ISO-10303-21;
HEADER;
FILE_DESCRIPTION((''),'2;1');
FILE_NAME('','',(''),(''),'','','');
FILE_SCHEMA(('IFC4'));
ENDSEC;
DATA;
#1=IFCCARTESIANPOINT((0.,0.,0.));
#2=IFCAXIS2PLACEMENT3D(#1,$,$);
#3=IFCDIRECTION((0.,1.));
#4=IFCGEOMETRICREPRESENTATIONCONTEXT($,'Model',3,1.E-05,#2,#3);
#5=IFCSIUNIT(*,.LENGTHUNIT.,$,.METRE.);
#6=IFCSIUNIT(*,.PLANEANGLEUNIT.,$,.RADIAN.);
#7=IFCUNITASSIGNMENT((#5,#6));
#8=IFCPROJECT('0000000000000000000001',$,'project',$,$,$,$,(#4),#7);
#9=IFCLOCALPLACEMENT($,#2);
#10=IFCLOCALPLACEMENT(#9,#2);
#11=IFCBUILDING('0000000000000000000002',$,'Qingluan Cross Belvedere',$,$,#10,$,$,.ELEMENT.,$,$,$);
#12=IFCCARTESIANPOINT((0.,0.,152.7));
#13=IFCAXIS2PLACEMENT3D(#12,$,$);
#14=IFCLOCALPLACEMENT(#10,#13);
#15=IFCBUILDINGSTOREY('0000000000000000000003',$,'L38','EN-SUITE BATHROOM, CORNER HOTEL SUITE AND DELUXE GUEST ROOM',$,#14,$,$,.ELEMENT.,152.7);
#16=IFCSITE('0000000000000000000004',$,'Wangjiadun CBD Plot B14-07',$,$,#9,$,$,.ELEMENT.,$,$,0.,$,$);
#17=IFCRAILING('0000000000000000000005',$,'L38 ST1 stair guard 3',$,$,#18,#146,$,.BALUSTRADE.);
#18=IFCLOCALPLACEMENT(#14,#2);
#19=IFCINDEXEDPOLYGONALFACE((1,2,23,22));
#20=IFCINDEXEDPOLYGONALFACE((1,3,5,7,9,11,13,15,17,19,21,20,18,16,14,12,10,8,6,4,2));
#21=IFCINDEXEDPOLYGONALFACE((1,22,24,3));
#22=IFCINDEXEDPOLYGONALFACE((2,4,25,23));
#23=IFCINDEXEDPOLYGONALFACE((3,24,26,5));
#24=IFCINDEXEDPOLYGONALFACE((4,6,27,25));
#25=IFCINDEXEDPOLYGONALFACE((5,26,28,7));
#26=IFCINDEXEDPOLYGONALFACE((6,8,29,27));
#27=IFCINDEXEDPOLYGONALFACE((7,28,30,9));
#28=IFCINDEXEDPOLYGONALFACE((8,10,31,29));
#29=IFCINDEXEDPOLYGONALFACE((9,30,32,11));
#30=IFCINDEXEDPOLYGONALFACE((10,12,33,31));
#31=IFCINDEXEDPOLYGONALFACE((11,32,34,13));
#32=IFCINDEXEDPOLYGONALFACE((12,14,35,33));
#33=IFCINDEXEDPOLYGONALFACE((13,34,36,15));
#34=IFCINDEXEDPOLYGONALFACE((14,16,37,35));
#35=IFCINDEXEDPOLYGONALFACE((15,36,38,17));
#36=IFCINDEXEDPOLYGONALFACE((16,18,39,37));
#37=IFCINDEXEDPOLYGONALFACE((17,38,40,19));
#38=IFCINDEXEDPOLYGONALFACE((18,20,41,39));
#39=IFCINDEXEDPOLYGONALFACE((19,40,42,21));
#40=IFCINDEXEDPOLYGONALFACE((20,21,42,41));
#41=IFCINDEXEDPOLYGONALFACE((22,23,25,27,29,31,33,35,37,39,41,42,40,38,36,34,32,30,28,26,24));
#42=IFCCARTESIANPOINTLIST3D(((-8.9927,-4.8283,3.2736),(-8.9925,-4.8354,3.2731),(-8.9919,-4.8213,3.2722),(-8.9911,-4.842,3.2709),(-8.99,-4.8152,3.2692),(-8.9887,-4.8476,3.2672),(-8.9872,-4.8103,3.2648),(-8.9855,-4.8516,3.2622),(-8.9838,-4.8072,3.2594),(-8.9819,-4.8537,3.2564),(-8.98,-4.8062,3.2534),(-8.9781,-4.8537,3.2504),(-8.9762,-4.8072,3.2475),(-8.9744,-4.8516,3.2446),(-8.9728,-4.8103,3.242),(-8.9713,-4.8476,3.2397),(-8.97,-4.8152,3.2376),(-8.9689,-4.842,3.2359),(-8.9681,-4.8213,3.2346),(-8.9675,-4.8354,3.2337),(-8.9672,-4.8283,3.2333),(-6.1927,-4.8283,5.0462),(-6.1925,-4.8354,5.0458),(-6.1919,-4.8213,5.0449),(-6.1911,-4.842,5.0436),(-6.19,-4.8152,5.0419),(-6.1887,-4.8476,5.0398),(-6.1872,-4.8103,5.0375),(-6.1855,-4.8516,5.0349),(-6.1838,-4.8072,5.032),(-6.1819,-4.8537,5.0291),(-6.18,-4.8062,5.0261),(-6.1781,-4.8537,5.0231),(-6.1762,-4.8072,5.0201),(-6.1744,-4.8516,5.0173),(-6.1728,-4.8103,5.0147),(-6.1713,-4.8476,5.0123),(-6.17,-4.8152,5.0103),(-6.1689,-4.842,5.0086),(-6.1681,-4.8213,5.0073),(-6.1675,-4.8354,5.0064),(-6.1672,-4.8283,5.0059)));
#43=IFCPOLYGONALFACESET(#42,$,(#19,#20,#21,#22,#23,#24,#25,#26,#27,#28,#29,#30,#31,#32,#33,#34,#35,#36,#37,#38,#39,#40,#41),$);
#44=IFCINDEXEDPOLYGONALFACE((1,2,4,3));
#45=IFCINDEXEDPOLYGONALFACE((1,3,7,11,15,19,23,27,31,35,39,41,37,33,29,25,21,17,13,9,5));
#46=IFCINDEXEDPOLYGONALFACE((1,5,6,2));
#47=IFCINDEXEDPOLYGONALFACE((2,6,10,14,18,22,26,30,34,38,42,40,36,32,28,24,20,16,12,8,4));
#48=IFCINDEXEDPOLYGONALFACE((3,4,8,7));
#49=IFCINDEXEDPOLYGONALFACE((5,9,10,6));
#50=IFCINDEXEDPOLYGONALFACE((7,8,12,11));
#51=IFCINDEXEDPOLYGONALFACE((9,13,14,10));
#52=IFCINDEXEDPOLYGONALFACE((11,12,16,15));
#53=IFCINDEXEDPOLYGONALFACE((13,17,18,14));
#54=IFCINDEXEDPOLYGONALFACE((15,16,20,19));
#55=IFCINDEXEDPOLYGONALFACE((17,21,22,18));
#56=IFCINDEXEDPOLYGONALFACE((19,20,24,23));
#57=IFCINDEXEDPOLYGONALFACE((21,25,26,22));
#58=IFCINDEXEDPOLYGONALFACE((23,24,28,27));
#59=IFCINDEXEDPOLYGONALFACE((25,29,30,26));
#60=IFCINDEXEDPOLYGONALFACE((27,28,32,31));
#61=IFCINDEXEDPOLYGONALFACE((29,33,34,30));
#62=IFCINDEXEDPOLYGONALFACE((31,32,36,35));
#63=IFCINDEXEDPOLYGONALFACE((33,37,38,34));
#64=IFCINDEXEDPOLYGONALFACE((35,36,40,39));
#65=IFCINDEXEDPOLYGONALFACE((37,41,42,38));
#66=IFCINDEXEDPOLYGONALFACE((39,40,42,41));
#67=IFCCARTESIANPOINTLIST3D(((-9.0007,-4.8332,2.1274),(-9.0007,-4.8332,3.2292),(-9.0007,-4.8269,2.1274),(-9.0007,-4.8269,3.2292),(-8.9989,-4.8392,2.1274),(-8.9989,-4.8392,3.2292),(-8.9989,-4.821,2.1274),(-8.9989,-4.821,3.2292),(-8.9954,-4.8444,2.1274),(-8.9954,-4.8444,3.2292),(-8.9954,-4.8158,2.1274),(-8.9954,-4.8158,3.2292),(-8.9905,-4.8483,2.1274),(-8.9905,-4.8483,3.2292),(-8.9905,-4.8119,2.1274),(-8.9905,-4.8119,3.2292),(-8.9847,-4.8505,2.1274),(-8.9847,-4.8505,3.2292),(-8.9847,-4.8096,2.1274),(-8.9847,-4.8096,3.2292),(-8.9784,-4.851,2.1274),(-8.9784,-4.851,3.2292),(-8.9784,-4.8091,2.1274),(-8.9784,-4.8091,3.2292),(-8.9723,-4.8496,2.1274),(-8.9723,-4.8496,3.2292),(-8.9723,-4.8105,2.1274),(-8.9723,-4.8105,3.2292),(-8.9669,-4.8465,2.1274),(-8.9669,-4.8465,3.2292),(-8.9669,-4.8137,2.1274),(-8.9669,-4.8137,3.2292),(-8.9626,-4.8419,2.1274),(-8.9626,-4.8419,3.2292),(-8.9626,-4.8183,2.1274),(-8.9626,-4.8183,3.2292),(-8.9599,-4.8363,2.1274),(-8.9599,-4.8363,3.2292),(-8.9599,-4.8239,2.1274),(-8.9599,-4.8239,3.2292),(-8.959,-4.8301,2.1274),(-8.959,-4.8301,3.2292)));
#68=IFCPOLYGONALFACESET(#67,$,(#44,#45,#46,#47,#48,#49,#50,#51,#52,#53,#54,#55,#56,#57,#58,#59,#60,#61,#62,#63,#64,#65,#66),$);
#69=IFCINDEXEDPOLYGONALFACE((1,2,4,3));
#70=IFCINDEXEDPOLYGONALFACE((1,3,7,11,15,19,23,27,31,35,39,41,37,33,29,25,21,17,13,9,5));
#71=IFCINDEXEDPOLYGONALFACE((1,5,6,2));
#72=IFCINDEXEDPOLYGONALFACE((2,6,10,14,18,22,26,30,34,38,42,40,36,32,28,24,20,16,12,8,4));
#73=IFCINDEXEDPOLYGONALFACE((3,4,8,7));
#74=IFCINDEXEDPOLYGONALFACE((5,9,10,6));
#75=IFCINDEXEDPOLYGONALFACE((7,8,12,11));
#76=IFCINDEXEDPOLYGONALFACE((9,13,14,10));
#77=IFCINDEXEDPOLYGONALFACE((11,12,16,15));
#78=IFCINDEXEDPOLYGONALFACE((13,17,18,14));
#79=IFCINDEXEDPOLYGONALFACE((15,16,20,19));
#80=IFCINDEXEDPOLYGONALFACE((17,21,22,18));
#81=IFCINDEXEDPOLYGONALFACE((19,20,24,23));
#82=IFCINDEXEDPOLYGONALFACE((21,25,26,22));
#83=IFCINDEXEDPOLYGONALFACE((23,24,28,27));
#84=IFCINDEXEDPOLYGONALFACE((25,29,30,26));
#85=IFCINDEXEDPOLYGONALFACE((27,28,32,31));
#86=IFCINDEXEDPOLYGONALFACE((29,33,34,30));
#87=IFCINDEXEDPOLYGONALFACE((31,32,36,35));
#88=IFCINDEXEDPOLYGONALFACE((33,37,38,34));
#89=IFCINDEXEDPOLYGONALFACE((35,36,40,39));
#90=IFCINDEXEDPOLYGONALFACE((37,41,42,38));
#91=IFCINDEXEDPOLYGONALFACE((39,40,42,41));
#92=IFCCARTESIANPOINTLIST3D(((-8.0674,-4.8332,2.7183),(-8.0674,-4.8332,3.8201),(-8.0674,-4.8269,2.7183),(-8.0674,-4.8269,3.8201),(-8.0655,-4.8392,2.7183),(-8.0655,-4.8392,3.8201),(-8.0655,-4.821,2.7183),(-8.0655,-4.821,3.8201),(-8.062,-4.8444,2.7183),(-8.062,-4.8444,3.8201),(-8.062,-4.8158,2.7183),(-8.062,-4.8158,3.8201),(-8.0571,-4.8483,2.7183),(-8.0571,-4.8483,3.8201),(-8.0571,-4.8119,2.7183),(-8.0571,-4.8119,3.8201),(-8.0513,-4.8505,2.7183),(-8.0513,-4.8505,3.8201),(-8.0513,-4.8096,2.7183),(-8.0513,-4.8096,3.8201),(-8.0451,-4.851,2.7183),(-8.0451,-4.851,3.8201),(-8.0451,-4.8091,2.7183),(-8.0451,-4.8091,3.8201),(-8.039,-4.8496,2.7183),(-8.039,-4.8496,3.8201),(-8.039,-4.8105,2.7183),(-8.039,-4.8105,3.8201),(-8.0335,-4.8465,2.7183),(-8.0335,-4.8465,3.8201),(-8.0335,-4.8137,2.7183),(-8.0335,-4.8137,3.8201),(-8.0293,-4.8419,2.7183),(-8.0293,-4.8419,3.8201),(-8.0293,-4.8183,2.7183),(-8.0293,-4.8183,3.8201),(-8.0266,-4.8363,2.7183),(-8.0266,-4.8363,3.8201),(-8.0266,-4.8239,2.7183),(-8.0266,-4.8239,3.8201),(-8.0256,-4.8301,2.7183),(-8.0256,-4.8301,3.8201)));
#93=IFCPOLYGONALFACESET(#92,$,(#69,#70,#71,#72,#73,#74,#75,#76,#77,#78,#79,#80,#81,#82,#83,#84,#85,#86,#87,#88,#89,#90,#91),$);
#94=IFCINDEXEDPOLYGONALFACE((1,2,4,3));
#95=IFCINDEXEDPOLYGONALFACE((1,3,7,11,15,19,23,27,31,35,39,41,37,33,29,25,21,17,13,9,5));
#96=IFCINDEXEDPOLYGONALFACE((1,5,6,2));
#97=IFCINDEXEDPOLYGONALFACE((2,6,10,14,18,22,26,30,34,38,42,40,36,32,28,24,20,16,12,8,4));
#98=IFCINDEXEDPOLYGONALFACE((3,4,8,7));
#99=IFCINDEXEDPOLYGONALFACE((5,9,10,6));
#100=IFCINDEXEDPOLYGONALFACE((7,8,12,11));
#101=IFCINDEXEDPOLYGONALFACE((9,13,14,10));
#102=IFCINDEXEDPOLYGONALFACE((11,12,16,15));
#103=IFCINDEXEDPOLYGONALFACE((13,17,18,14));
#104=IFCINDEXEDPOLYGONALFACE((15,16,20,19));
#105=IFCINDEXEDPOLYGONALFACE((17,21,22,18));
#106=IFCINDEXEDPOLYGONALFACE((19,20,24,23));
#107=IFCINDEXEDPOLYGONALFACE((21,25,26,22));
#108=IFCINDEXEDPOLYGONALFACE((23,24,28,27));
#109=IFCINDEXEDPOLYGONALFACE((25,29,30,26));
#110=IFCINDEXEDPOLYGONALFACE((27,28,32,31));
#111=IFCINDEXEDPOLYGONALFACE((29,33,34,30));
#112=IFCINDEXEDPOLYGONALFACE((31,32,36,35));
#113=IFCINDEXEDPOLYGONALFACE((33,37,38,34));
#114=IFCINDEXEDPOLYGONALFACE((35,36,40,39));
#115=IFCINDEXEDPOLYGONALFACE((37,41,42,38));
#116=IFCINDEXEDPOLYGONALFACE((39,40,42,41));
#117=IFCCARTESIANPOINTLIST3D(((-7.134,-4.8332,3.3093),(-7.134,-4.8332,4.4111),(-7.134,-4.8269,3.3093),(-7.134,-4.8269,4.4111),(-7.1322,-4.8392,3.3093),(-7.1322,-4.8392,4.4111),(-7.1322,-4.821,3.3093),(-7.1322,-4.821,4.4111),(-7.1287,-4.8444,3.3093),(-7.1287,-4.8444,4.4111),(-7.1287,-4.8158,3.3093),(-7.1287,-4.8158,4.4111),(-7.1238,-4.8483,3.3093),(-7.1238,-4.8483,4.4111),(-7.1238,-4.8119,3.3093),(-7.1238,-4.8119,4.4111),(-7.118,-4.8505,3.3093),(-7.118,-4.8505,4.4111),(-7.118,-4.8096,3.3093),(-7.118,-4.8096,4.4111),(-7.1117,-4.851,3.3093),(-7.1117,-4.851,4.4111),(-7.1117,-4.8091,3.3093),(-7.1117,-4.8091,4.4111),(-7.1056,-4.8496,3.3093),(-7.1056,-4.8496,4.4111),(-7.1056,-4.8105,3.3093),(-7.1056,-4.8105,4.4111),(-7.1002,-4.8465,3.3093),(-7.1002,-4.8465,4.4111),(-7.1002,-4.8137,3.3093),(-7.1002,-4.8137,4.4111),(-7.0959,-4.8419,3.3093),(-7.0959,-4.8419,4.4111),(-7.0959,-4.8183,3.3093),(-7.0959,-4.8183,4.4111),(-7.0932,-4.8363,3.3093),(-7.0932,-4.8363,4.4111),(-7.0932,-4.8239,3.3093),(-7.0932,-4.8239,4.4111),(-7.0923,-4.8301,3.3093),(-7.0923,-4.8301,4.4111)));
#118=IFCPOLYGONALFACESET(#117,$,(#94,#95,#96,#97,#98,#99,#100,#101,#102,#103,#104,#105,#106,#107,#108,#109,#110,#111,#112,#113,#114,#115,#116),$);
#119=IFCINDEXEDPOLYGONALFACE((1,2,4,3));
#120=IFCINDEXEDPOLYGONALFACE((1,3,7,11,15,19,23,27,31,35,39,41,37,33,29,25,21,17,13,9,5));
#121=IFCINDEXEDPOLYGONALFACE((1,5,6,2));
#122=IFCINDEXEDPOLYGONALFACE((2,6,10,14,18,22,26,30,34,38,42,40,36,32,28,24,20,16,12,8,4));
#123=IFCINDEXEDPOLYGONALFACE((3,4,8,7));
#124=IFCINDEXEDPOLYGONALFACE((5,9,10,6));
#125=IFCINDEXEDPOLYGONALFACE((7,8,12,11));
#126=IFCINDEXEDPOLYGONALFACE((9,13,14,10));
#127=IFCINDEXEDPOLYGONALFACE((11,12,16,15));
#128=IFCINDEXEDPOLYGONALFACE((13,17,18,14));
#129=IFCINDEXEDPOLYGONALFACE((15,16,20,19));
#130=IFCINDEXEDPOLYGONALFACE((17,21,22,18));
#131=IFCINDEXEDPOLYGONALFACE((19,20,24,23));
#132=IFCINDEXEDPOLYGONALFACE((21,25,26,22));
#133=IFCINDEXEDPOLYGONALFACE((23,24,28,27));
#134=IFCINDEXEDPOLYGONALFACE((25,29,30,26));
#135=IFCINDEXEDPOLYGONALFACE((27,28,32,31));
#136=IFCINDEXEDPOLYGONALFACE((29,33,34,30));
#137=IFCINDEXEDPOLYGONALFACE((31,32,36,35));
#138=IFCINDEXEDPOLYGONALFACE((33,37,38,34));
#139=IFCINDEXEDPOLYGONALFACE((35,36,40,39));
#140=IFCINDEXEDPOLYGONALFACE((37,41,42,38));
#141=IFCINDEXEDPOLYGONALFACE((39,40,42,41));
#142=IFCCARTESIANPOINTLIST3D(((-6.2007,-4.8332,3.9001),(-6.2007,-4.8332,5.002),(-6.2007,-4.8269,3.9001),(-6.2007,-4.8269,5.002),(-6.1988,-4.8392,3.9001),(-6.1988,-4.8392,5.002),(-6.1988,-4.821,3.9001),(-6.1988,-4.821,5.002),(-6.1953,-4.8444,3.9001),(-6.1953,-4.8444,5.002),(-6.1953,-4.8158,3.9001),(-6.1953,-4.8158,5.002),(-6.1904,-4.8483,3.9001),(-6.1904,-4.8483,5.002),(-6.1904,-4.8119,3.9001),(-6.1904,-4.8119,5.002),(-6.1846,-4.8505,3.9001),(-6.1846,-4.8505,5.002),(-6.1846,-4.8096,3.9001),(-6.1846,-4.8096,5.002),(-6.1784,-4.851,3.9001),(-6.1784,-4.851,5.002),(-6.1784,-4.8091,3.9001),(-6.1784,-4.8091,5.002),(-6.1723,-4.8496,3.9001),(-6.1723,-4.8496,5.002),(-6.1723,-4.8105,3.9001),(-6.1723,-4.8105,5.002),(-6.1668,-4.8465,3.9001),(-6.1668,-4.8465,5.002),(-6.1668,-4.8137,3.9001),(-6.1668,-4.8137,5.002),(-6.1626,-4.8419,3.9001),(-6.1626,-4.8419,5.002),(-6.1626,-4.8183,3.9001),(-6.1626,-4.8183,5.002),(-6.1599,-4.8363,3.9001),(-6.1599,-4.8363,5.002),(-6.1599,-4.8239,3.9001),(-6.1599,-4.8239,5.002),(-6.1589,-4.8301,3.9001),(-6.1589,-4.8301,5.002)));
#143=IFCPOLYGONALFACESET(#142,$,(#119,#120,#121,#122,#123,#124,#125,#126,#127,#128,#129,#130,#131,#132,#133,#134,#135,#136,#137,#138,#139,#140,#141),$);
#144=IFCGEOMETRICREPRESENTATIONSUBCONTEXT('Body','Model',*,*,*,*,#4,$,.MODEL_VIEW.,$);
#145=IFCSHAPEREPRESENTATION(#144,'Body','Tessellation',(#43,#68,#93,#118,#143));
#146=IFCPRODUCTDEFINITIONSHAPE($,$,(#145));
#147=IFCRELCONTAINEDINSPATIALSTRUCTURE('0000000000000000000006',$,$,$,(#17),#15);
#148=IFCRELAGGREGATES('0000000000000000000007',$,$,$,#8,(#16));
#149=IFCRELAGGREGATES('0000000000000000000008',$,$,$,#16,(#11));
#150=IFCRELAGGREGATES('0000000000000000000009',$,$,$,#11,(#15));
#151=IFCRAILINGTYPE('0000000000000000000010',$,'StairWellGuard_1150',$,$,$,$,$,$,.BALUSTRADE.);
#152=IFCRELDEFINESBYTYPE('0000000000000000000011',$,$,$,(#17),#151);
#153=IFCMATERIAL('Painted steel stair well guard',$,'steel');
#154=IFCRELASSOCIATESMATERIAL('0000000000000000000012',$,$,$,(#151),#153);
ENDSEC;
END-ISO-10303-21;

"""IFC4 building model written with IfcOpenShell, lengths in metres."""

from ifc_helpers import new_model, si_unit, direction, frame, origin, origin_2d, place, context, subcontext, project, spatial, circle, extrude, material, type_object, element, save


model = new_model("IFC4")

# Units and contexts
model_context = context("Model", 3, precision=1e-05, world=origin(), true_north=direction((0.0, 1.0)))
body_context = subcontext(model_context, "Body", "Model", "MODEL_VIEW")
ifc_project = project(units=[si_unit("LENGTHUNIT", "METRE"), si_unit("PLANEANGLEUNIT", "RADIAN")], contexts=[model_context])

# Site, building, storey
site_placement = place(None, origin())
site = spatial("IfcSite", under=ifc_project, at=site_placement, Name="Wangjiadun CBD Plot B14-07", CompositionType="ELEMENT", RefElevation=0.0)
building_placement = place(site_placement, origin())
building = spatial("IfcBuilding", under=site, at=building_placement, Name="Qingluan Cross Belvedere", CompositionType="ELEMENT")
storey_placement = place(building_placement, frame((0.0, 0.0, 152.7)))
storey = spatial("IfcBuildingStorey", under=building, at=storey_placement, Name="L38", Description="EN-SUITE BATHROOM, CORNER HOTEL SUITE AND DELUXE GUEST ROOM", CompositionType="ELEMENT", Elevation=152.7)

# Railing
ifc_material_1 = material(Name="Painted steel stair well guard", Category="steel")
railing_type_1 = type_object("IfcRailingType", Name="StairWellGuard_1150", PredefinedType="BALUSTRADE", material=ifc_material_1)
railing_1_placement = place(storey_placement, frame((-8.98, -4.8301, 2.1274)))
element("IfcRailing", 1, at=railing_1_placement, inside=storey, type_object=railing_type_1, Name="L38 ST1 stair guard 3", PredefinedType="BALUSTRADE", context=body_context, shape_type="SweptSolid", body=[
    extrude(circle(Radius=0.0239, at=origin_2d()), frame((0.0, 0.0, 1.126), z_axis=(0.844909, 0.0, 0.53491), x_axis=(0.0, 1.0, 0.0)), (0.0, 0.0, 1.0), 3.314),
    extrude(circle(Radius=0.021, at=origin_2d()), origin(), (0.0, 0.0, 1.0), 1.1018),
    extrude(circle(Radius=0.021, at=origin_2d()), frame((0.9333, 0.0, 0.5908)), (0.0, 0.0, 1.0), 1.1018),
    extrude(circle(Radius=0.021, at=origin_2d()), frame((1.8667, 0.0, 1.1819)), (0.0, 0.0, 1.0), 1.1018),
    extrude(circle(Radius=0.021, at=origin_2d()), frame((2.8, 0.0, 1.7727)), (0.0, 0.0, 1.0), 1.1018),
])

save(model, "model.ifc")
